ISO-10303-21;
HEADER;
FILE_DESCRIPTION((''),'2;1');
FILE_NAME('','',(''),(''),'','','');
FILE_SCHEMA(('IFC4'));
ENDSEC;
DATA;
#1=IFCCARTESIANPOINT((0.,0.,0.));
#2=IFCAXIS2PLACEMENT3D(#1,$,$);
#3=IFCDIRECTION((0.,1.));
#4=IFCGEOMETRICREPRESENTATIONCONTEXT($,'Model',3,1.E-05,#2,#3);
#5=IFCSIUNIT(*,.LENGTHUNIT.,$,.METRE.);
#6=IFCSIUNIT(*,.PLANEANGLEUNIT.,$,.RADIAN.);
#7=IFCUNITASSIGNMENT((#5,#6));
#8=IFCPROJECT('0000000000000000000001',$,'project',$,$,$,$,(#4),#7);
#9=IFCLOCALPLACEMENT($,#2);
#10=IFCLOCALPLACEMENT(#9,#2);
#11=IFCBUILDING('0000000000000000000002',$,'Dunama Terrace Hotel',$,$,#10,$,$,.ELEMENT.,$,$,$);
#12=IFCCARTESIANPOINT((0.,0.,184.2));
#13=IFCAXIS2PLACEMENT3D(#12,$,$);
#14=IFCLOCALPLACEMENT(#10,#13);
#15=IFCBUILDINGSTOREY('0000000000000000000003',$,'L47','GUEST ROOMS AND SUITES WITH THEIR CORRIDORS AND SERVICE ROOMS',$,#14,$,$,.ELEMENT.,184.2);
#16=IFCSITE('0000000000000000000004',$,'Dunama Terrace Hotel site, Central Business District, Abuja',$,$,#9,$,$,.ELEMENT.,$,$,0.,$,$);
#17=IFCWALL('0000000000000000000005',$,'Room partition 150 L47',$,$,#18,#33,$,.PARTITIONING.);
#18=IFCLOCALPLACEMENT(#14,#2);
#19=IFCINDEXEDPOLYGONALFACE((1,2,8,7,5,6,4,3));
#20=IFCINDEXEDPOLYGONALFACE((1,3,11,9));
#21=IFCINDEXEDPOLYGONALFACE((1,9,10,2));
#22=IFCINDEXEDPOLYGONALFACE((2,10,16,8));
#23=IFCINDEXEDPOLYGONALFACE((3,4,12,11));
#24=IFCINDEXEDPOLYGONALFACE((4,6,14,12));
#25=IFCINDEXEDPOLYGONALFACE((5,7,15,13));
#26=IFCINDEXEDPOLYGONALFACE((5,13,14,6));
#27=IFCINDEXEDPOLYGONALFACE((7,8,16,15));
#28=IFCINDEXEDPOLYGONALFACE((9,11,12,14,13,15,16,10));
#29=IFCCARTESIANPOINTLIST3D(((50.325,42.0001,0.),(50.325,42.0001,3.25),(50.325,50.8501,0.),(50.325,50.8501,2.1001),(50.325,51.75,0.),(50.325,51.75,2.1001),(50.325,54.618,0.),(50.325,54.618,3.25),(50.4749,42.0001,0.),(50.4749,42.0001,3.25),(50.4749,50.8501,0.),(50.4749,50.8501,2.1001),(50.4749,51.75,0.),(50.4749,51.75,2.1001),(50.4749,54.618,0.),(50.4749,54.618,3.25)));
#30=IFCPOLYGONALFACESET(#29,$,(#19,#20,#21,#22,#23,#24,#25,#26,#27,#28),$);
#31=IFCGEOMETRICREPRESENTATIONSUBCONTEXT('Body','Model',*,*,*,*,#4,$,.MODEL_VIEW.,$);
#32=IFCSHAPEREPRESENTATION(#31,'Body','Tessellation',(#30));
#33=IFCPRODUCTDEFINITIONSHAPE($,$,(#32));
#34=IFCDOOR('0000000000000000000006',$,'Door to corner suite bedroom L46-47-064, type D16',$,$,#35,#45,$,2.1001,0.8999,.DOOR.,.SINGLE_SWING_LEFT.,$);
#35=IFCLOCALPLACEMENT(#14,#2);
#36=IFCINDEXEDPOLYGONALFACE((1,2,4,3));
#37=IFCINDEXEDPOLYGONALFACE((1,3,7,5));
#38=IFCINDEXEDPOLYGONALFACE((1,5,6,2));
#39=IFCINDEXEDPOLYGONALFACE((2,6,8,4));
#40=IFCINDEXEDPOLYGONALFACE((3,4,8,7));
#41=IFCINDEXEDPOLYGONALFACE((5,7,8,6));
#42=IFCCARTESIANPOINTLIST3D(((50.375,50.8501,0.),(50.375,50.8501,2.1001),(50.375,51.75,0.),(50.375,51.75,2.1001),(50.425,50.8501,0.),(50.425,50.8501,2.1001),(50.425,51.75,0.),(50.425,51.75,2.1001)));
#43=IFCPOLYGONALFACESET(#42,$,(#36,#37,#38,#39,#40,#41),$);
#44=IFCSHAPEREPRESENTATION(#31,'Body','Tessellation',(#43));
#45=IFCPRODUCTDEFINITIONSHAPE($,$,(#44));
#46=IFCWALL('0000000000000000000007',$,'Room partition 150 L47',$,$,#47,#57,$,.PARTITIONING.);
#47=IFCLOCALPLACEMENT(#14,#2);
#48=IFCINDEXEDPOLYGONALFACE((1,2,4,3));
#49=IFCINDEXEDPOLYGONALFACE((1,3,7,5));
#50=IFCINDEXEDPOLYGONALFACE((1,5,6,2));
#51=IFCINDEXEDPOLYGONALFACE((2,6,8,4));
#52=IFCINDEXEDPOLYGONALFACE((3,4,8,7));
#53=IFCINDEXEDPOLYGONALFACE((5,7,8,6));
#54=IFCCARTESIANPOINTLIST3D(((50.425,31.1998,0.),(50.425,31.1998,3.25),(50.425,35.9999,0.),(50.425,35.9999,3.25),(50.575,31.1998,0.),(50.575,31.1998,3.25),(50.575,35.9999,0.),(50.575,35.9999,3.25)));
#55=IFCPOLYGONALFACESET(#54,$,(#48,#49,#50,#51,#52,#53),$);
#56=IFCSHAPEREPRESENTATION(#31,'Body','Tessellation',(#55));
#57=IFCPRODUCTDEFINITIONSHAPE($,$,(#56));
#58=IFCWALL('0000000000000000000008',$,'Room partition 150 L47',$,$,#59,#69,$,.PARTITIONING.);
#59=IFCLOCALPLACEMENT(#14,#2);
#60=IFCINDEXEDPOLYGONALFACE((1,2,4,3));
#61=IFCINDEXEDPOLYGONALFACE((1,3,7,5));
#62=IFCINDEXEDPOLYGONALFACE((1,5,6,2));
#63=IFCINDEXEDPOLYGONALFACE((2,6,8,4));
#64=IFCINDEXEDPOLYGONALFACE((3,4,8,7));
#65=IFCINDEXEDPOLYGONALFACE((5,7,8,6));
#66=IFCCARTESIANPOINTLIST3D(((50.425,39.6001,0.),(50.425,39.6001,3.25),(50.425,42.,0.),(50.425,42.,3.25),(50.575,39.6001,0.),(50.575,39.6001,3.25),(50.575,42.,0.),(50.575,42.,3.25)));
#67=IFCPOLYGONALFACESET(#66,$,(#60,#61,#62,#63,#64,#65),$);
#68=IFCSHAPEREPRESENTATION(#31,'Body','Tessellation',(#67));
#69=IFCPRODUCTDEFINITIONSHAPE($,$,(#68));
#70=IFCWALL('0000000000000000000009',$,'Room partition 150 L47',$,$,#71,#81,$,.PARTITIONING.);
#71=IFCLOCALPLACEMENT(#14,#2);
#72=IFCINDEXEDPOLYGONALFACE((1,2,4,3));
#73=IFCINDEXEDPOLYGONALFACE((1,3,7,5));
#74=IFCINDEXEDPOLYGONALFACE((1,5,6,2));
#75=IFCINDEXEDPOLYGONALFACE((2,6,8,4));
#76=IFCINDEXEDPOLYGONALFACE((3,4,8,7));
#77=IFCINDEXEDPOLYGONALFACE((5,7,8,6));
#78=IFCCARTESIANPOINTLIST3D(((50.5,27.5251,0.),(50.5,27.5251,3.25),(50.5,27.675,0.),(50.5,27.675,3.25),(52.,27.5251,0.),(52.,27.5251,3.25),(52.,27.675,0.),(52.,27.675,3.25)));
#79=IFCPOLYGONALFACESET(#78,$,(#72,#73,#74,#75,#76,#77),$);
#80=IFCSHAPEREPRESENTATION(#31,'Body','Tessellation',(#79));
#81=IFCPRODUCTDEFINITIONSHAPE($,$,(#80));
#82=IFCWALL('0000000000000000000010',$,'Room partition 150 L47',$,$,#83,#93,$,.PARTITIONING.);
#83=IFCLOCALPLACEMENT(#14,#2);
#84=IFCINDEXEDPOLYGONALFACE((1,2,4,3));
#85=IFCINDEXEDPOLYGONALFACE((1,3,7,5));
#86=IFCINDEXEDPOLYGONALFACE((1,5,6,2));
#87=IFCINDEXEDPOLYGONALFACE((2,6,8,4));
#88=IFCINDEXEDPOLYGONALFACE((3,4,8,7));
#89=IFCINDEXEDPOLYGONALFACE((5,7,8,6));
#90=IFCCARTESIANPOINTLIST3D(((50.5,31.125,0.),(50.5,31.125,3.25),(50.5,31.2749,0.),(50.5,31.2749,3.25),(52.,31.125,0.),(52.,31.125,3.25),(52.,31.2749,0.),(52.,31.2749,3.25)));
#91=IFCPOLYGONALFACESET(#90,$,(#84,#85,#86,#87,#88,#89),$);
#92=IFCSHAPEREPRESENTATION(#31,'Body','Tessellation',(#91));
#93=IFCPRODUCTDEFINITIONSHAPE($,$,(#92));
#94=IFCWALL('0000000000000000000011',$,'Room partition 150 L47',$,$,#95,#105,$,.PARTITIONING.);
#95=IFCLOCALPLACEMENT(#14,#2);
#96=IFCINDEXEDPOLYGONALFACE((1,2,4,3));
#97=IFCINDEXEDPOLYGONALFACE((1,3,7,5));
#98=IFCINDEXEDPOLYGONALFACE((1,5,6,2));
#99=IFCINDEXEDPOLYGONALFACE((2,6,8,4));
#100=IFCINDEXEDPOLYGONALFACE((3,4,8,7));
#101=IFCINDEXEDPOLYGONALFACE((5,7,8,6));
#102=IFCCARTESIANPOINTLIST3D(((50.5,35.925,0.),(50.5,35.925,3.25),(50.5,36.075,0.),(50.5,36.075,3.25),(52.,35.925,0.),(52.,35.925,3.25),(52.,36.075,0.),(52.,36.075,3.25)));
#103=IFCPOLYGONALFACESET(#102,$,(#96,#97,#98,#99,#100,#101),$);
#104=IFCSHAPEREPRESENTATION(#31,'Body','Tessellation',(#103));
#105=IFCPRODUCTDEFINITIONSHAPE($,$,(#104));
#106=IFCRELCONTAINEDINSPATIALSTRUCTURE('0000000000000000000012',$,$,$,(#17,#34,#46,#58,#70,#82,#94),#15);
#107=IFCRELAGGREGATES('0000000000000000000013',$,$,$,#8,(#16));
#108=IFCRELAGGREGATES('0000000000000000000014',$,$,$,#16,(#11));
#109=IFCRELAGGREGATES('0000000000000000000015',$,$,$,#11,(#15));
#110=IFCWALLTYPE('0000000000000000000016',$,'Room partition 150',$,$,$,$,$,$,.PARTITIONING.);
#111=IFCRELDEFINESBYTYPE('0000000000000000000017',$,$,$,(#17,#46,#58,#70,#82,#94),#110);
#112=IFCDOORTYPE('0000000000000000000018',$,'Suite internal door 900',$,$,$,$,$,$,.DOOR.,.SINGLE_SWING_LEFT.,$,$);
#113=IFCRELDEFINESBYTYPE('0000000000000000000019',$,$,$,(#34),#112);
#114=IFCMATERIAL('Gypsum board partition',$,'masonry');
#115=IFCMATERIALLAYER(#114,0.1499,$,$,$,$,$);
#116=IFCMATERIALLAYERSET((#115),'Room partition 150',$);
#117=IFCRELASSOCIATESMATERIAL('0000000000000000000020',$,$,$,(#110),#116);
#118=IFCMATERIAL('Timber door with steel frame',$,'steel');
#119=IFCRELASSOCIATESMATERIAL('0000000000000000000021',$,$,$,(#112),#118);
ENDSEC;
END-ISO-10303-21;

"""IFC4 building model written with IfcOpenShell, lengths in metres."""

from ifc_helpers import new_model, si_unit, direction, frame, frame_2d, origin, place, context, subcontext, project, spatial, rectangle, extrude, material, layer, layer_set, type_object, element, fill, save


model = new_model("IFC4")

# Units and contexts
model_context = context("Model", 3, precision=1e-05, world=origin(), true_north=direction((0.0, 1.0)))
body_context = subcontext(model_context, "Body", "Model", "MODEL_VIEW")
ifc_project = project(units=[si_unit("LENGTHUNIT", "METRE"), si_unit("PLANEANGLEUNIT", "RADIAN")], contexts=[model_context])

# Site, building, storey
site_placement = place(None, origin())
site = spatial("IfcSite", under=ifc_project, at=site_placement, Name="Dunama Terrace Hotel site, Central Business District, Abuja", CompositionType="ELEMENT", RefElevation=0.0)
building_placement = place(site_placement, origin())
building = spatial("IfcBuilding", under=site, at=building_placement, Name="Dunama Terrace Hotel", CompositionType="ELEMENT")
storey_placement = place(building_placement, frame((0.0, 0.0, 184.2)))
storey = spatial("IfcBuildingStorey", under=building, at=storey_placement, Name="L47", Description="GUEST ROOMS AND SUITES WITH THEIR CORRIDORS AND SERVICE ROOMS", CompositionType="ELEMENT", Elevation=184.2)

# Wall, opening, door
ifc_material_1 = material(Name="Gypsum board partition", Category="masonry")
ifc_layer_1 = layer(ifc_material_1, 0.1499)
ifc_layer_set_1 = layer_set([ifc_layer_1], Name="Room partition 150")
wall_type_1 = type_object("IfcWallType", Name="Room partition 150", PredefinedType="PARTITIONING", material=ifc_layer_set_1)
wall_1_placement = place(storey_placement, frame((50.3999, 42.0, 0.0), z_axis=(0.0, 0.0, 1.0), x_axis=(0.0, 1.0, 0.0)))
wall_1 = element("IfcWall", 1, at=wall_1_placement, inside=storey, type_object=wall_type_1, Name="Room partition 150 L47", PredefinedType="PARTITIONING", context=body_context, shape_type="SweptSolid", body=[
    extrude(rectangle(XDim=12.6179, YDim=0.1499, at=frame_2d((6.3091, 0.0))), origin(), (0.0, 0.0, 1.0), 3.25),
])
opening_1_placement = place(wall_1_placement, frame((8.8501, 0.0, 0.0)))
opening_1 = element("IfcOpeningElement", 2, at=opening_1_placement, cuts=wall_1, PredefinedType="OPENING", context=body_context, shape_type="SweptSolid", body=[
    extrude(rectangle(XDim=0.8999, YDim=2.1001, at=frame_2d((0.45, 1.05))), frame((0.0, 0.085, 0.0), z_axis=(0.0, -1.0, 0.0), x_axis=(1.0, 0.0, 0.0)), (0.0, 0.0, 1.0), 0.1699),
])
ifc_material_2 = material(Name="Timber door with steel frame", Category="steel")
door_type_1 = type_object("IfcDoorType", Name="Suite internal door 900", OperationType="SINGLE_SWING_LEFT", PredefinedType="DOOR", material=ifc_material_2)
door_1_placement = place(opening_1_placement, frame((0.8999, 0.0, 0.0), z_axis=(0.0, 0.0, 1.0), x_axis=(-1.0, 0.0, 0.0)))
door_1 = element("IfcDoor", 3, at=door_1_placement, inside=storey, type_object=door_type_1, Name="Door to corner suite bedroom L46-47-064, type D16", OperationType="SINGLE_SWING_LEFT", OverallHeight=2.1001, OverallWidth=0.8999, PredefinedType="DOOR", context=body_context, shape_type="SweptSolid", body=[
    extrude(rectangle(XDim=0.8999, YDim=2.1001, at=frame_2d((0.45, 1.05))), frame((0.0, 0.0251, 0.0), z_axis=(0.0, -1.0, 0.0), x_axis=(1.0, 0.0, 0.0)), (0.0, 0.0, 1.0), 0.05),
])
fill(opening_1, door_1)

# Walls
wall_2_placement = place(storey_placement, frame((50.5, 31.2, 0.0), z_axis=(0.0, 0.0, 1.0), x_axis=(0.0, 1.0, 0.0)))
element("IfcWall", 4, at=wall_2_placement, inside=storey, type_object=wall_type_1, Name="Room partition 150 L47", PredefinedType="PARTITIONING", context=body_context, shape_type="SweptSolid", body=[
    extrude(rectangle(XDim=4.8, YDim=0.1499, at=frame_2d((2.3999, 0.0))), origin(), (0.0, 0.0, 1.0), 3.25),
])
wall_3_placement = place(storey_placement, frame((50.5, 39.6001, 0.0), z_axis=(0.0, 0.0, 1.0), x_axis=(0.0, 1.0, 0.0)))
element("IfcWall", 5, at=wall_3_placement, inside=storey, type_object=wall_type_1, Name="Room partition 150 L47", PredefinedType="PARTITIONING", context=body_context, shape_type="SweptSolid", body=[
    extrude(rectangle(XDim=2.3999, YDim=0.1499, at=frame_2d((1.2, 0.0))), origin(), (0.0, 0.0, 1.0), 3.25),
])
for number, where, z_axis, x_axis, name in (
    (6, (50.5, 27.6001, 0.0), (0.0, 0.0, 1.0), (1.0, 0.0, 0.0), "Room partition 150 L47"),
    (7, (50.5, 31.2, 0.0), (0.0, 0.0, 1.0), (1.0, 0.0, 0.0), "Room partition 150 L47"),
    (8, (50.5, 36.0, 0.0), (0.0, 0.0, 1.0), (1.0, 0.0, 0.0), "Room partition 150 L47"),
):
    element("IfcWall", number, at=place(storey_placement, frame(where, z_axis=z_axis, x_axis=x_axis)), inside=storey, type_object=wall_type_1, Name=name, PredefinedType="PARTITIONING", context=body_context, shape_type="SweptSolid", body=[
        extrude(rectangle(XDim=1.5, YDim=0.1499, at=frame_2d((0.75, 0.0))), origin(), (0.0, 0.0, 1.0), 3.25),
    ])

save(model, "model.ifc")
